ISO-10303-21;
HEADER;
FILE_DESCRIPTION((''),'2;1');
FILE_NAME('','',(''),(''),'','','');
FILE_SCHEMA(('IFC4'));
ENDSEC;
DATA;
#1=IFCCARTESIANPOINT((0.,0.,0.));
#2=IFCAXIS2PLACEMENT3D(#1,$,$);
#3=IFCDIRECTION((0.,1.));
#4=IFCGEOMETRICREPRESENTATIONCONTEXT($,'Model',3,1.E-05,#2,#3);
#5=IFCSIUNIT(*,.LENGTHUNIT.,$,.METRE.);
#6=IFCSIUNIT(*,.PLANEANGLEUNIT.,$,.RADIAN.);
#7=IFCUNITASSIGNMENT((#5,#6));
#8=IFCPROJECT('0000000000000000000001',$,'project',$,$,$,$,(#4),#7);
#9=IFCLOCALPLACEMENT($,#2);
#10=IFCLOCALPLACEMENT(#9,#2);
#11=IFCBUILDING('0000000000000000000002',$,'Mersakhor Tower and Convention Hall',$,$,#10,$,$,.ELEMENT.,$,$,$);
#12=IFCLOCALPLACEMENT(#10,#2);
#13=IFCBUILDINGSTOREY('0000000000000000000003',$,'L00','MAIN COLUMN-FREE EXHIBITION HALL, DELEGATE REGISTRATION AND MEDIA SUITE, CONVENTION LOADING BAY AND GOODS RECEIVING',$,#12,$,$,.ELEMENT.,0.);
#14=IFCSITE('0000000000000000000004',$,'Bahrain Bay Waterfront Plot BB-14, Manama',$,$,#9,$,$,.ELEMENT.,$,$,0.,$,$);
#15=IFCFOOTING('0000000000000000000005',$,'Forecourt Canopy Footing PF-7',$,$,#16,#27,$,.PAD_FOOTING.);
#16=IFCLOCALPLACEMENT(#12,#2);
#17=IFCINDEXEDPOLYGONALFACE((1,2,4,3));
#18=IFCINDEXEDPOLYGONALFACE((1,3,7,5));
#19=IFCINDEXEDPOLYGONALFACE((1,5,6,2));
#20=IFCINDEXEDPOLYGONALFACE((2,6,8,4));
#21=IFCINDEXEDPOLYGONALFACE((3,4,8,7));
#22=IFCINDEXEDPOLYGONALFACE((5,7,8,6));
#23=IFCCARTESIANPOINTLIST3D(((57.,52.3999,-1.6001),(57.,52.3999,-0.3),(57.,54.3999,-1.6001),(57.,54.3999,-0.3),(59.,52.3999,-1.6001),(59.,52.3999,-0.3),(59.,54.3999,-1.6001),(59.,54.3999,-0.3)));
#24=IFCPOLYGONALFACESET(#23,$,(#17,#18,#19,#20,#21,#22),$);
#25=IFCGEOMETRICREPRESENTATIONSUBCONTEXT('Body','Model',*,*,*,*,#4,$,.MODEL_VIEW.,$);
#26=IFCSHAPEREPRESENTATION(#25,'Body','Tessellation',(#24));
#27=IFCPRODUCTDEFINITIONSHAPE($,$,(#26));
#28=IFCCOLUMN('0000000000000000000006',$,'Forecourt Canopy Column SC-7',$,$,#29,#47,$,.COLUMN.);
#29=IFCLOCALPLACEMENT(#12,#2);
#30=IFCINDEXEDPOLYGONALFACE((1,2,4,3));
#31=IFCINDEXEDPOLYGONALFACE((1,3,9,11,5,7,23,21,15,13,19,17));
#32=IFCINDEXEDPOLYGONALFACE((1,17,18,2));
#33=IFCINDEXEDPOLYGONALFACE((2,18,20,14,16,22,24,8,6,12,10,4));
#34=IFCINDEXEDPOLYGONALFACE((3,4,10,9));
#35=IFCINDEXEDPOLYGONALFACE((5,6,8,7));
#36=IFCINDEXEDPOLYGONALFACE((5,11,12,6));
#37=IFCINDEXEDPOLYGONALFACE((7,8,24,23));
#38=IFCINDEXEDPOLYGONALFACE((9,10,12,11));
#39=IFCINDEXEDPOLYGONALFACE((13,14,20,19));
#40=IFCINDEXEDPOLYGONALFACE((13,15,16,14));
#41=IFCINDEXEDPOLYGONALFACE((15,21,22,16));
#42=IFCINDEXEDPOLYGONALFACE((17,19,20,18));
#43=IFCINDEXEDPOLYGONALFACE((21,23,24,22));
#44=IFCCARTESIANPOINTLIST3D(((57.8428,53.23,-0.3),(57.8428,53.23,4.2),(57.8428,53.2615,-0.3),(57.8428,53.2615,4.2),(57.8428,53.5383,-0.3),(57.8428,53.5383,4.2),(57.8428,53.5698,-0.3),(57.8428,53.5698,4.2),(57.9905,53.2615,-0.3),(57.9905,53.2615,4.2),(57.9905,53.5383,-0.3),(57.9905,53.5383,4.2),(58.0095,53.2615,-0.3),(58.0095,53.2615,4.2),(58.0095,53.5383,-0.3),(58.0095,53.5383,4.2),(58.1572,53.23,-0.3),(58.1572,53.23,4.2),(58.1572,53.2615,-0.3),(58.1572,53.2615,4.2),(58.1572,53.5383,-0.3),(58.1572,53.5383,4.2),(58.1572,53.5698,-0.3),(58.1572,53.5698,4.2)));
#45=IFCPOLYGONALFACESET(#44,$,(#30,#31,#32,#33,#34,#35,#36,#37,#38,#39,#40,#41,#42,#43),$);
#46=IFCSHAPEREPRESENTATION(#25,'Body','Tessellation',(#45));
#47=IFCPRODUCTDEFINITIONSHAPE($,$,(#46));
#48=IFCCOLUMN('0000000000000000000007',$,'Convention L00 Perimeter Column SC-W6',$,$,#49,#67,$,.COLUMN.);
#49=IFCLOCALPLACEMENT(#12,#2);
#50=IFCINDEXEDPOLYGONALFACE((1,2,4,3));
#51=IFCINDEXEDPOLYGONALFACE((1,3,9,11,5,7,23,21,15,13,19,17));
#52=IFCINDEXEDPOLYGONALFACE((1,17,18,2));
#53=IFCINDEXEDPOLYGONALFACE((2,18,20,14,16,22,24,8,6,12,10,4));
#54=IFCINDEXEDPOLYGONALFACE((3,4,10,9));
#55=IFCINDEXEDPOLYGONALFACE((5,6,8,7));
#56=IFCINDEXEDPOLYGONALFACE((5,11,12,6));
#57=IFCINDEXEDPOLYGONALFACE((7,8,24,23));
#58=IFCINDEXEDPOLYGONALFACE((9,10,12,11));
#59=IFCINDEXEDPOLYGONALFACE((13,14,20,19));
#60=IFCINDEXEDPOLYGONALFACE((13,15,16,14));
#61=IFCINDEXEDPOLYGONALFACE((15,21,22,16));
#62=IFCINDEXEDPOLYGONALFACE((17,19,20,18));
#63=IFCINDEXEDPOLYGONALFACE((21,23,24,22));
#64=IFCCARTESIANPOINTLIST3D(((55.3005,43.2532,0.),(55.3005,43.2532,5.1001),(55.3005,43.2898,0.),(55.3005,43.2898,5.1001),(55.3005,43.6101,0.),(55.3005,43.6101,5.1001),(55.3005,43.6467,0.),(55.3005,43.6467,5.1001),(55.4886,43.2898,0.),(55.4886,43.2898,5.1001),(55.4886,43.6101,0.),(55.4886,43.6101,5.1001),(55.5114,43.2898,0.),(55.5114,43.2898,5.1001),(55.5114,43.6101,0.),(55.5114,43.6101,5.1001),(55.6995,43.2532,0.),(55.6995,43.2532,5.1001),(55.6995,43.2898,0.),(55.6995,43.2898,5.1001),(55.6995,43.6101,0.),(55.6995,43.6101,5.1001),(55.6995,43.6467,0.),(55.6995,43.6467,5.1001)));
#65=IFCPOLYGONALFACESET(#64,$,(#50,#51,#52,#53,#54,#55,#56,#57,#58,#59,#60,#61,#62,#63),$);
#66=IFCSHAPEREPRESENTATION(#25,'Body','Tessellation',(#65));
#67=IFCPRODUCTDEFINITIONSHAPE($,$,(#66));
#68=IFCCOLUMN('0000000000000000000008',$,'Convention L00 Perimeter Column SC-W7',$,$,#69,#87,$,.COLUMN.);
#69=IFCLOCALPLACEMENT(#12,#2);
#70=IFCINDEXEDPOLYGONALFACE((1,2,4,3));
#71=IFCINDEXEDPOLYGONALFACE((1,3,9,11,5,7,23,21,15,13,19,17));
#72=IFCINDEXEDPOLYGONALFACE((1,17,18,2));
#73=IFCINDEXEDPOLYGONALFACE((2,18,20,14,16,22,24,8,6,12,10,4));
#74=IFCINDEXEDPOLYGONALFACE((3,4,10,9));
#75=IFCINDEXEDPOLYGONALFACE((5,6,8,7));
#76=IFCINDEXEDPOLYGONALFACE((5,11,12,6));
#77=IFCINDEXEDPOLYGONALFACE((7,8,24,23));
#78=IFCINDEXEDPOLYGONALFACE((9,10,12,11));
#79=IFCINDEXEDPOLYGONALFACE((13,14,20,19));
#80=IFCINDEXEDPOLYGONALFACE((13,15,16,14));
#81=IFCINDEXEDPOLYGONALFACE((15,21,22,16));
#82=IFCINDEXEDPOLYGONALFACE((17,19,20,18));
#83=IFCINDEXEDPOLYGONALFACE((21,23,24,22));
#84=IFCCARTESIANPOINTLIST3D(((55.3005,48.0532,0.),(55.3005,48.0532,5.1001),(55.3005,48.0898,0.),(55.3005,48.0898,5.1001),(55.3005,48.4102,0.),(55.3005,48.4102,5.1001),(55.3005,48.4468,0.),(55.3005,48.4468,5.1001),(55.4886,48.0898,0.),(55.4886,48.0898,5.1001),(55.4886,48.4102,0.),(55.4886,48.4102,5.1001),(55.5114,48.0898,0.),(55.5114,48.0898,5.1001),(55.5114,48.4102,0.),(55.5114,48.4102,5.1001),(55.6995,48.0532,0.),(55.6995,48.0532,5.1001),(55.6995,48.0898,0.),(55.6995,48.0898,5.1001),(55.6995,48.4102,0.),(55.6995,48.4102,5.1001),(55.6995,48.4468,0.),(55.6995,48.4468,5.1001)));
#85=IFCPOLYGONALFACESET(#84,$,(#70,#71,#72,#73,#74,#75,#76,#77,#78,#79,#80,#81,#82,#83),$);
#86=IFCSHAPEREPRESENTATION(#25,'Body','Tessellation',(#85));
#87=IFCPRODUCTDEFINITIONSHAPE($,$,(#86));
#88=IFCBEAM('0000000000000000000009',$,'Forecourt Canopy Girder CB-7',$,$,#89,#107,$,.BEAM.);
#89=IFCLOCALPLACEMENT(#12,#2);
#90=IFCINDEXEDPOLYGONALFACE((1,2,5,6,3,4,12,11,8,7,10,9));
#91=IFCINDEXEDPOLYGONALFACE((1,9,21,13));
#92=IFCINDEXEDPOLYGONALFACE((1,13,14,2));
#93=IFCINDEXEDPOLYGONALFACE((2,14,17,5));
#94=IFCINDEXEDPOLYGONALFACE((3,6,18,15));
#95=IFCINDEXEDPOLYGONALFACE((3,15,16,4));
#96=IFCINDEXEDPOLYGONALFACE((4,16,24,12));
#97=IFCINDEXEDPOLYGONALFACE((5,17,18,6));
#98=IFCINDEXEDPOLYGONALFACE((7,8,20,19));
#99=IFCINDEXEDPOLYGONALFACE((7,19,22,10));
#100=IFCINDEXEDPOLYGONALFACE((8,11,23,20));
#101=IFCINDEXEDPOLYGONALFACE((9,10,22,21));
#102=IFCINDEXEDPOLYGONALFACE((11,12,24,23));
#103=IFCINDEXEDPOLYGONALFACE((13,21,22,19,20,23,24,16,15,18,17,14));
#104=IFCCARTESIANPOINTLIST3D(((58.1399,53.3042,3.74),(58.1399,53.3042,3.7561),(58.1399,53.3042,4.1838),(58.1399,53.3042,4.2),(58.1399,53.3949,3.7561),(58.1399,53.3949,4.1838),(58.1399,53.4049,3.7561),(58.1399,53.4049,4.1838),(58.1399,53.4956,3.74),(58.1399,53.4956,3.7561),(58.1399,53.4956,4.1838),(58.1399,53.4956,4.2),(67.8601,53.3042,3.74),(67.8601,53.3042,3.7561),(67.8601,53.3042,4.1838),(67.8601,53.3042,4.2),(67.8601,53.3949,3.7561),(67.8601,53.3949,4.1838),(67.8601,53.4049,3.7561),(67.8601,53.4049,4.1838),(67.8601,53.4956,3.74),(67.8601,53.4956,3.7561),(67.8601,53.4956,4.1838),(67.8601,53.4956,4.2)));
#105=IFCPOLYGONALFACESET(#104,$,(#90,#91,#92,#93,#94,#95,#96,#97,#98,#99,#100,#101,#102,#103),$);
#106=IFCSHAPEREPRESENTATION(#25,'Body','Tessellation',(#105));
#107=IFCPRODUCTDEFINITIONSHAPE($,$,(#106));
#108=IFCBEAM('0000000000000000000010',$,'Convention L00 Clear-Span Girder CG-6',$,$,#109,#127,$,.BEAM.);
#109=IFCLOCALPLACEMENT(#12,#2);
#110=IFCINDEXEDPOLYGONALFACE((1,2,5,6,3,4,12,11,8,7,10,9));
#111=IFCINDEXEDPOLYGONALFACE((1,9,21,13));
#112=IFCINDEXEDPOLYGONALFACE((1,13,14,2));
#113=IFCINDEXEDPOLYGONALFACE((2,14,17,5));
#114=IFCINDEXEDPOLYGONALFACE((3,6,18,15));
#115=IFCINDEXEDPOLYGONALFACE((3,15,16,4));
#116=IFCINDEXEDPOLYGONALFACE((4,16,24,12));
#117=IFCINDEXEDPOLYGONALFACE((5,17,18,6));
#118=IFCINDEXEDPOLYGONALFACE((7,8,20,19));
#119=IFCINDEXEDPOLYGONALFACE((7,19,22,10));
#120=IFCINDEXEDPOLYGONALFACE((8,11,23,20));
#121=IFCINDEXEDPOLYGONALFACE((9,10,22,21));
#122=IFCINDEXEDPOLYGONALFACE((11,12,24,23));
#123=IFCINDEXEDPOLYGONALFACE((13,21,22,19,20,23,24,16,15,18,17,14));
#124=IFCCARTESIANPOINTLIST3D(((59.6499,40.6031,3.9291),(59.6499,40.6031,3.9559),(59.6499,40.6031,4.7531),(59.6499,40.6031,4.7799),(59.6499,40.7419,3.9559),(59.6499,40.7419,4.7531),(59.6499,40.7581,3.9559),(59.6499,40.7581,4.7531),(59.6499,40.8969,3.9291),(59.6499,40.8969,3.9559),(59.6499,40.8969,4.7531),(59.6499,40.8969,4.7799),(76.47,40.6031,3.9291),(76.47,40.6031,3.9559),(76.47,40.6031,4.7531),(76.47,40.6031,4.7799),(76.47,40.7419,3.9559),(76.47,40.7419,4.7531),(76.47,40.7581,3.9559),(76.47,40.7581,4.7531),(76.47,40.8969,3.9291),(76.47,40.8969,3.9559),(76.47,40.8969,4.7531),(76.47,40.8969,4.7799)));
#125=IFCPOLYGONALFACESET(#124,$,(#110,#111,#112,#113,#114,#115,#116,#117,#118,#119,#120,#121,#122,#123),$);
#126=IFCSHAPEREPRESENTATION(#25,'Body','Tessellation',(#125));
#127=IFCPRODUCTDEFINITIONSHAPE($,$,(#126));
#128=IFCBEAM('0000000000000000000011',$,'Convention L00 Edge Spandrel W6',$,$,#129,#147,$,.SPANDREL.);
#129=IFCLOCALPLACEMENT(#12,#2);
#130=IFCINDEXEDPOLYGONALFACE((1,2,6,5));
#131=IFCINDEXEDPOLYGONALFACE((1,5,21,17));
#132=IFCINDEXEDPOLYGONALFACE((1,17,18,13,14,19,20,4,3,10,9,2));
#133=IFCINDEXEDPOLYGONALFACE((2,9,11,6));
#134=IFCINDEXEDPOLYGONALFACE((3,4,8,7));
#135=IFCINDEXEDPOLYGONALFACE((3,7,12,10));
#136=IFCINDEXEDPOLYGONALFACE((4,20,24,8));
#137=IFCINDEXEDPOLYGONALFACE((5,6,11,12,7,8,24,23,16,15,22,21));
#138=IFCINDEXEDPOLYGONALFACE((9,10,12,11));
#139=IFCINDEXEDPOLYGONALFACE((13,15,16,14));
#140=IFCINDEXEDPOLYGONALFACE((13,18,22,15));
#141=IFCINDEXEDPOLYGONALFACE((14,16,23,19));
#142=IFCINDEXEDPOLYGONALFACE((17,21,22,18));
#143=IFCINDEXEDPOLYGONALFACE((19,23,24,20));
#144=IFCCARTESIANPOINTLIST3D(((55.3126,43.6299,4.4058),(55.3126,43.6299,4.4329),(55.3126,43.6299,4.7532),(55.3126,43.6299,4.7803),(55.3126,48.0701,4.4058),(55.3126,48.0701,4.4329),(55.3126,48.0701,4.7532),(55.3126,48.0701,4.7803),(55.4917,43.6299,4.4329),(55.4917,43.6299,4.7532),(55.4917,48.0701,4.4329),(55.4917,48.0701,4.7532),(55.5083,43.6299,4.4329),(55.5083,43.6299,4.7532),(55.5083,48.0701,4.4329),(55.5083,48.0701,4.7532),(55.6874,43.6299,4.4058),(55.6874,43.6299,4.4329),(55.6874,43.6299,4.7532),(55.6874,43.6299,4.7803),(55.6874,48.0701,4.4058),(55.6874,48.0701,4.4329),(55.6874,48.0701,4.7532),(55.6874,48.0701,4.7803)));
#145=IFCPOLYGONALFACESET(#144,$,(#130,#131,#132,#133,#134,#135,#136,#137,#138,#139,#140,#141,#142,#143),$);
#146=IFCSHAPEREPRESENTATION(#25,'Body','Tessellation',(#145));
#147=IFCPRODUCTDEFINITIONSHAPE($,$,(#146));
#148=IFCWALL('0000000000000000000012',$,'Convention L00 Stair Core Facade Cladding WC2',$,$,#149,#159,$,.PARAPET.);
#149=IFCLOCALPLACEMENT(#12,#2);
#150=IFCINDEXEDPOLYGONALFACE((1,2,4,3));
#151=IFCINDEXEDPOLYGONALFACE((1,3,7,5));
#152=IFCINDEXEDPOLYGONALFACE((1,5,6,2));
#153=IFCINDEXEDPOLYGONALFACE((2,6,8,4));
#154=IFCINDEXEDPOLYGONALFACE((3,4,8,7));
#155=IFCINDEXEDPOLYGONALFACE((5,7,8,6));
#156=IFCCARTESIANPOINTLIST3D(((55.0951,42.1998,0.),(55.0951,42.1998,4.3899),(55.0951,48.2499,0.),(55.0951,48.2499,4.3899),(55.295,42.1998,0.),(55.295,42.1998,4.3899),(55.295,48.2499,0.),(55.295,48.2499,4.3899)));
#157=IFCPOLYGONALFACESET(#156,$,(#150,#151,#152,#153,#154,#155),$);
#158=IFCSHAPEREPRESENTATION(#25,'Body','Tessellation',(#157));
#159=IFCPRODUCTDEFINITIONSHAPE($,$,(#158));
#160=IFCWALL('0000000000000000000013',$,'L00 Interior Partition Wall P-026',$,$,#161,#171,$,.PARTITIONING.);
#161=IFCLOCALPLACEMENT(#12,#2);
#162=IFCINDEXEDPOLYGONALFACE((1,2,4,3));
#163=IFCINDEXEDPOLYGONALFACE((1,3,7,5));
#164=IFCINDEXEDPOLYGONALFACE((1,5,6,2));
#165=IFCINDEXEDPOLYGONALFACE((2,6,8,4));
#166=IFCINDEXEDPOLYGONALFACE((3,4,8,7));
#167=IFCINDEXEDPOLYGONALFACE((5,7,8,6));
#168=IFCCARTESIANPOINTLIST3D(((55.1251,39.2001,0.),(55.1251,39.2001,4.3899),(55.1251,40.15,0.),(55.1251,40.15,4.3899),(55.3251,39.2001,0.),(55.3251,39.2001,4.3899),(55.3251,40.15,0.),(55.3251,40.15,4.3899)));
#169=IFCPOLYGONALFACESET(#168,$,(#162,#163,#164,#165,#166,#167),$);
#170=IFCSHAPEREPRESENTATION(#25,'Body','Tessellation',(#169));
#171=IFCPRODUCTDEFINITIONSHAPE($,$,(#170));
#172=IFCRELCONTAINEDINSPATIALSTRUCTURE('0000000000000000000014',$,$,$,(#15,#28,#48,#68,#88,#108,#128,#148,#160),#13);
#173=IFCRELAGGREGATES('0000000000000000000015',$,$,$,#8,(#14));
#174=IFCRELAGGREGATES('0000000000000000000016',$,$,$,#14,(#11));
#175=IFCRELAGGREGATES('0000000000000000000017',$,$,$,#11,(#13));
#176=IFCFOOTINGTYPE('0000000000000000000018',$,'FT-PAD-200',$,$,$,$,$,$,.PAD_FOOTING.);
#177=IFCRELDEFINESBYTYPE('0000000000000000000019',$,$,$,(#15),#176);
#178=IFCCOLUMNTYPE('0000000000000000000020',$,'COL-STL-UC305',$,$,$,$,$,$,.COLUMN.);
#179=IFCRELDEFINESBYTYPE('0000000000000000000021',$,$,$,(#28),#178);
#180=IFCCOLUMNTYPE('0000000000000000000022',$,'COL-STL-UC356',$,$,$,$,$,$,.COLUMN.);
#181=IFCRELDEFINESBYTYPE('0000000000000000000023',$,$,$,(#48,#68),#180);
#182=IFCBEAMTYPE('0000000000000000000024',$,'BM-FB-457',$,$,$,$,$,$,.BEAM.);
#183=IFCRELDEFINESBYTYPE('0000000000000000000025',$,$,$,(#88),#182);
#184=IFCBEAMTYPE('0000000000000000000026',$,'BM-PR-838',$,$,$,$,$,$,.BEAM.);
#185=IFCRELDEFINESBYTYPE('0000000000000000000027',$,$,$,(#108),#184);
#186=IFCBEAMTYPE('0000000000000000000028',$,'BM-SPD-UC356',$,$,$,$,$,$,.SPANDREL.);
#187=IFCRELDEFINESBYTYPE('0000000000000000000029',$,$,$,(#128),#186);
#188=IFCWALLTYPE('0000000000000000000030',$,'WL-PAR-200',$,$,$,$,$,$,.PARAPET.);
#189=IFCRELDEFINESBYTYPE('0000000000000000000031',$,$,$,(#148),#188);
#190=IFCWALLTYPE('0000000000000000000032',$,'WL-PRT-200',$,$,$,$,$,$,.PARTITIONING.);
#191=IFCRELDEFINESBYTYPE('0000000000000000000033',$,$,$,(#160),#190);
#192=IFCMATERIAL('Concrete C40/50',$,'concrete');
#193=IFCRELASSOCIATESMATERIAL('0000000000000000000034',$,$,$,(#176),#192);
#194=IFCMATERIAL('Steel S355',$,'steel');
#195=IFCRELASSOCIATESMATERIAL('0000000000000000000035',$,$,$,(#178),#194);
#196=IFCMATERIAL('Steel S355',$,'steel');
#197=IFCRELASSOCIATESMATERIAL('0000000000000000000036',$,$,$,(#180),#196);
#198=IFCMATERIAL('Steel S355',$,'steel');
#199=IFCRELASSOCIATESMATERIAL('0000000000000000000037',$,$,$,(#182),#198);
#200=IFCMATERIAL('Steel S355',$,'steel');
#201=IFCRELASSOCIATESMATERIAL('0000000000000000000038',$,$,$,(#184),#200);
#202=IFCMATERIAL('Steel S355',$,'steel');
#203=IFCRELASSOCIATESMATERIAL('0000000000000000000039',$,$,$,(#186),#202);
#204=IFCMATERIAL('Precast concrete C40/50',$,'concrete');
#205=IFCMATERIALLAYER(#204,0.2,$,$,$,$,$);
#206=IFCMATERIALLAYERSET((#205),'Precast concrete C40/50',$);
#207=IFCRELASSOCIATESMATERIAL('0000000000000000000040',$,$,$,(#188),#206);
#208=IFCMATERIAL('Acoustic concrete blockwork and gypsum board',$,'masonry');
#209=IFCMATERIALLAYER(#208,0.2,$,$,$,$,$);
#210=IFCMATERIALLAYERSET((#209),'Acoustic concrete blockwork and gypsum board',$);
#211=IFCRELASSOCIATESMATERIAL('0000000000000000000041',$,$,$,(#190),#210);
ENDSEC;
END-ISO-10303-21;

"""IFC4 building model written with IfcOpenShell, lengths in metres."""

from ifc_helpers import new_model, si_unit, direction, frame, frame_2d, origin, origin_2d, place, context, subcontext, project, spatial, rectangle, i_section, extrude, material, layer, layer_set, material_profile, profile_set, type_object, element, save


model = new_model("IFC4")

# Units and contexts
model_context = context("Model", 3, precision=1e-05, world=origin(), true_north=direction((0.0, 1.0)))
body_context = subcontext(model_context, "Body", "Model", "MODEL_VIEW")
ifc_project = project(units=[si_unit("LENGTHUNIT", "METRE"), si_unit("PLANEANGLEUNIT", "RADIAN")], contexts=[model_context])

# Site, building, storey
site_placement = place(None, origin())
site = spatial("IfcSite", under=ifc_project, at=site_placement, Name="Bahrain Bay Waterfront Plot BB-14, Manama", CompositionType="ELEMENT", RefElevation=0.0)
building_placement = place(site_placement, origin())
building = spatial("IfcBuilding", under=site, at=building_placement, Name="Mersakhor Tower and Convention Hall", CompositionType="ELEMENT")
storey_placement = place(building_placement, origin())
storey = spatial("IfcBuildingStorey", under=building, at=storey_placement, Name="L00", Description="MAIN COLUMN-FREE EXHIBITION HALL, DELEGATE REGISTRATION AND MEDIA SUITE, CONVENTION LOADING BAY AND GOODS RECEIVING", CompositionType="ELEMENT", Elevation=0.0)

# Footing
ifc_material_1 = material(Name="Concrete C40/50", Category="concrete")
footing_type = type_object("IfcFootingType", Name="FT-PAD-200", PredefinedType="PAD_FOOTING", material=ifc_material_1)
footing_placement = place(storey_placement, frame((58.0, 53.3999, -1.6001), z_axis=(0.0, 0.0, 1.0), x_axis=(1.0, 0.0, 0.0)))
element("IfcFooting", 1, at=footing_placement, inside=storey, type_object=footing_type, Name="Forecourt Canopy Footing PF-7", PredefinedType="PAD_FOOTING", context=body_context, shape_type="SweptSolid", body=[
    extrude(rectangle(XDim=2.0, YDim=2.0, at=origin_2d()), origin(), (0.0, 0.0, 1.0), 1.3),
])

# Columns
ifc_material_2 = material(Name="Steel S355", Category="steel")
ifc_material_profile_1 = material_profile(ifc_material_2, i_section(OverallWidth=0.3145, OverallDepth=0.3398, WebThickness=0.019, FlangeThickness=0.0315, at=origin_2d()), Name="UC 305x305x198")
ifc_profile_set_1 = profile_set([ifc_material_profile_1], Name="Steel S355")
column_type_1 = type_object("IfcColumnType", Name="COL-STL-UC305", PredefinedType="COLUMN", material=ifc_profile_set_1)
column_placement = place(storey_placement, frame((58.0, 53.3999, -0.3), z_axis=(0.0, 0.0, 1.0), x_axis=(1.0, 0.0, 0.0)))
element("IfcColumn", 2, at=column_placement, inside=storey, type_object=column_type_1, Name="Forecourt Canopy Column SC-7", PredefinedType="COLUMN", context=body_context, shape_type="SweptSolid", body=[
    extrude(i_section(OverallWidth=0.3145, OverallDepth=0.3398, WebThickness=0.019, FlangeThickness=0.0315, at=origin_2d()), origin(), (0.0, 0.0, 1.0), 4.5),
])
ifc_material_3 = material(Name="Steel S355", Category="steel")
ifc_material_profile_2 = material_profile(ifc_material_3, i_section(OverallWidth=0.3989, OverallDepth=0.3936, WebThickness=0.0227, FlangeThickness=0.0366, at=origin_2d()), Name="UC 356x406x287")
ifc_profile_set_2 = profile_set([ifc_material_profile_2], Name="Steel S355")
column_type_2 = type_object("IfcColumnType", Name="COL-STL-UC356", PredefinedType="COLUMN", material=ifc_profile_set_2)
for number, where, z_axis, x_axis, name in (
    (3, (55.5, 43.45, 0.0), (0.0, 0.0, 1.0), (1.0, 0.0, 0.0), "Convention L00 Perimeter Column SC-W6"),
    (4, (55.5, 48.25, 0.0), (0.0, 0.0, 1.0), (1.0, 0.0, 0.0), "Convention L00 Perimeter Column SC-W7"),
):
    element("IfcColumn", number, at=place(storey_placement, frame(where, z_axis=z_axis, x_axis=x_axis)), inside=storey, type_object=column_type_2, Name=name, PredefinedType="COLUMN", context=body_context, shape_type="SweptSolid", body=[
        extrude(i_section(OverallWidth=0.3989, OverallDepth=0.3936, WebThickness=0.0227, FlangeThickness=0.0366, at=origin_2d()), origin(), (0.0, 0.0, 1.0), 5.1001),
    ])

# Beams
ifc_material_4 = material(Name="Steel S355", Category="steel")
ifc_material_profile_3 = material_profile(ifc_material_4, i_section(OverallWidth=0.1914, OverallDepth=0.46, WebThickness=0.01, FlangeThickness=0.0161, at=origin_2d()), Name="UB 457x191x82")
ifc_profile_set_3 = profile_set([ifc_material_profile_3], Name="Steel S355")
beam_type_1 = type_object("IfcBeamType", Name="BM-FB-457", PredefinedType="BEAM", material=ifc_profile_set_3)
beam_1_placement = place(storey_placement, frame((58.1399, 53.3999, 3.97), z_axis=(1.0, 0.0, 0.0), x_axis=(0.0, 1.0, 0.0)))
element("IfcBeam", 5, at=beam_1_placement, inside=storey, type_object=beam_type_1, Name="Forecourt Canopy Girder CB-7", PredefinedType="BEAM", context=body_context, shape_type="SweptSolid", body=[
    extrude(i_section(OverallWidth=0.1914, OverallDepth=0.46, WebThickness=0.01, FlangeThickness=0.0161, at=origin_2d()), origin(), (0.0, 0.0, 1.0), 9.7202),
])
ifc_material_5 = material(Name="Steel S355", Category="steel")
ifc_material_profile_4 = material_profile(ifc_material_5, i_section(OverallWidth=0.2937, OverallDepth=0.8508, WebThickness=0.0161, FlangeThickness=0.0269, at=origin_2d()), Name="UB 838x292x226")
ifc_profile_set_4 = profile_set([ifc_material_profile_4], Name="Steel S355")
beam_type_2 = type_object("IfcBeamType", Name="BM-PR-838", PredefinedType="BEAM", material=ifc_profile_set_4)
beam_2_placement = place(storey_placement, frame((59.6499, 40.75, 4.3545), z_axis=(1.0, 0.0, 0.0), x_axis=(0.0, 1.0, 0.0)))
element("IfcBeam", 6, at=beam_2_placement, inside=storey, type_object=beam_type_2, Name="Convention L00 Clear-Span Girder CG-6", PredefinedType="BEAM", context=body_context, shape_type="SweptSolid", body=[
    extrude(i_section(OverallWidth=0.2937, OverallDepth=0.8508, WebThickness=0.0161, FlangeThickness=0.0269, at=origin_2d()), origin(), (0.0, 0.0, 1.0), 16.8201),
])
ifc_material_6 = material(Name="Steel S355", Category="steel")
ifc_material_profile_5 = material_profile(ifc_material_6, i_section(OverallWidth=0.3748, OverallDepth=0.3745, WebThickness=0.0166, FlangeThickness=0.0271, at=origin_2d()), Name="UC 356x368x202")
ifc_profile_set_5 = profile_set([ifc_material_profile_5], Name="Steel S355")
beam_type_3 = type_object("IfcBeamType", Name="BM-SPD-UC356", PredefinedType="SPANDREL", material=ifc_profile_set_5)
beam_3_placement = place(storey_placement, frame((55.5, 43.6299, 4.593), z_axis=(0.0, 1.0, 0.0), x_axis=(-1.0, 0.0, 0.0)))
element("IfcBeam", 7, at=beam_3_placement, inside=storey, type_object=beam_type_3, Name="Convention L00 Edge Spandrel W6", PredefinedType="SPANDREL", context=body_context, shape_type="SweptSolid", body=[
    extrude(i_section(OverallWidth=0.3748, OverallDepth=0.3745, WebThickness=0.0166, FlangeThickness=0.0271, at=origin_2d()), origin(), (0.0, 0.0, 1.0), 4.4402),
])

# Walls
ifc_material_7 = material(Name="Precast concrete C40/50", Category="concrete")
ifc_layer_1 = layer(ifc_material_7, 0.2)
ifc_layer_set_1 = layer_set([ifc_layer_1], Name="Precast concrete C40/50")
wall_type_1 = type_object("IfcWallType", Name="WL-PAR-200", PredefinedType="PARAPET", material=ifc_layer_set_1)
wall_1_placement = place(storey_placement, frame((55.1951, 42.2, 0.0), z_axis=(0.0, 0.0, 1.0), x_axis=(0.0, 1.0, 0.0)))
element("IfcWall", 8, at=wall_1_placement, inside=storey, type_object=wall_type_1, Name="Convention L00 Stair Core Facade Cladding WC2", PredefinedType="PARAPET", context=body_context, shape_type="SweptSolid", body=[
    extrude(rectangle(XDim=6.05, YDim=0.2, at=frame_2d((3.0249, 0.0))), origin(), (0.0, 0.0, 1.0), 4.3899),
])
ifc_material_8 = material(Name="Acoustic concrete blockwork and gypsum board", Category="masonry")
ifc_layer_2 = layer(ifc_material_8, 0.2)
ifc_layer_set_2 = layer_set([ifc_layer_2], Name="Acoustic concrete blockwork and gypsum board")
wall_type_2 = type_object("IfcWallType", Name="WL-PRT-200", PredefinedType="PARTITIONING", material=ifc_layer_set_2)
wall_2_placement = place(storey_placement, frame((55.2251, 39.2, 0.0), z_axis=(0.0, 0.0, 1.0), x_axis=(0.0, 1.0, 0.0)))
element("IfcWall", 9, at=wall_2_placement, inside=storey, type_object=wall_type_2, Name="L00 Interior Partition Wall P-026", PredefinedType="PARTITIONING", context=body_context, shape_type="SweptSolid", body=[
    extrude(rectangle(XDim=0.95, YDim=0.2, at=frame_2d((0.4751, 0.0))), origin(), (0.0, 0.0, 1.0), 4.3899),
])

save(model, "model.ifc")
